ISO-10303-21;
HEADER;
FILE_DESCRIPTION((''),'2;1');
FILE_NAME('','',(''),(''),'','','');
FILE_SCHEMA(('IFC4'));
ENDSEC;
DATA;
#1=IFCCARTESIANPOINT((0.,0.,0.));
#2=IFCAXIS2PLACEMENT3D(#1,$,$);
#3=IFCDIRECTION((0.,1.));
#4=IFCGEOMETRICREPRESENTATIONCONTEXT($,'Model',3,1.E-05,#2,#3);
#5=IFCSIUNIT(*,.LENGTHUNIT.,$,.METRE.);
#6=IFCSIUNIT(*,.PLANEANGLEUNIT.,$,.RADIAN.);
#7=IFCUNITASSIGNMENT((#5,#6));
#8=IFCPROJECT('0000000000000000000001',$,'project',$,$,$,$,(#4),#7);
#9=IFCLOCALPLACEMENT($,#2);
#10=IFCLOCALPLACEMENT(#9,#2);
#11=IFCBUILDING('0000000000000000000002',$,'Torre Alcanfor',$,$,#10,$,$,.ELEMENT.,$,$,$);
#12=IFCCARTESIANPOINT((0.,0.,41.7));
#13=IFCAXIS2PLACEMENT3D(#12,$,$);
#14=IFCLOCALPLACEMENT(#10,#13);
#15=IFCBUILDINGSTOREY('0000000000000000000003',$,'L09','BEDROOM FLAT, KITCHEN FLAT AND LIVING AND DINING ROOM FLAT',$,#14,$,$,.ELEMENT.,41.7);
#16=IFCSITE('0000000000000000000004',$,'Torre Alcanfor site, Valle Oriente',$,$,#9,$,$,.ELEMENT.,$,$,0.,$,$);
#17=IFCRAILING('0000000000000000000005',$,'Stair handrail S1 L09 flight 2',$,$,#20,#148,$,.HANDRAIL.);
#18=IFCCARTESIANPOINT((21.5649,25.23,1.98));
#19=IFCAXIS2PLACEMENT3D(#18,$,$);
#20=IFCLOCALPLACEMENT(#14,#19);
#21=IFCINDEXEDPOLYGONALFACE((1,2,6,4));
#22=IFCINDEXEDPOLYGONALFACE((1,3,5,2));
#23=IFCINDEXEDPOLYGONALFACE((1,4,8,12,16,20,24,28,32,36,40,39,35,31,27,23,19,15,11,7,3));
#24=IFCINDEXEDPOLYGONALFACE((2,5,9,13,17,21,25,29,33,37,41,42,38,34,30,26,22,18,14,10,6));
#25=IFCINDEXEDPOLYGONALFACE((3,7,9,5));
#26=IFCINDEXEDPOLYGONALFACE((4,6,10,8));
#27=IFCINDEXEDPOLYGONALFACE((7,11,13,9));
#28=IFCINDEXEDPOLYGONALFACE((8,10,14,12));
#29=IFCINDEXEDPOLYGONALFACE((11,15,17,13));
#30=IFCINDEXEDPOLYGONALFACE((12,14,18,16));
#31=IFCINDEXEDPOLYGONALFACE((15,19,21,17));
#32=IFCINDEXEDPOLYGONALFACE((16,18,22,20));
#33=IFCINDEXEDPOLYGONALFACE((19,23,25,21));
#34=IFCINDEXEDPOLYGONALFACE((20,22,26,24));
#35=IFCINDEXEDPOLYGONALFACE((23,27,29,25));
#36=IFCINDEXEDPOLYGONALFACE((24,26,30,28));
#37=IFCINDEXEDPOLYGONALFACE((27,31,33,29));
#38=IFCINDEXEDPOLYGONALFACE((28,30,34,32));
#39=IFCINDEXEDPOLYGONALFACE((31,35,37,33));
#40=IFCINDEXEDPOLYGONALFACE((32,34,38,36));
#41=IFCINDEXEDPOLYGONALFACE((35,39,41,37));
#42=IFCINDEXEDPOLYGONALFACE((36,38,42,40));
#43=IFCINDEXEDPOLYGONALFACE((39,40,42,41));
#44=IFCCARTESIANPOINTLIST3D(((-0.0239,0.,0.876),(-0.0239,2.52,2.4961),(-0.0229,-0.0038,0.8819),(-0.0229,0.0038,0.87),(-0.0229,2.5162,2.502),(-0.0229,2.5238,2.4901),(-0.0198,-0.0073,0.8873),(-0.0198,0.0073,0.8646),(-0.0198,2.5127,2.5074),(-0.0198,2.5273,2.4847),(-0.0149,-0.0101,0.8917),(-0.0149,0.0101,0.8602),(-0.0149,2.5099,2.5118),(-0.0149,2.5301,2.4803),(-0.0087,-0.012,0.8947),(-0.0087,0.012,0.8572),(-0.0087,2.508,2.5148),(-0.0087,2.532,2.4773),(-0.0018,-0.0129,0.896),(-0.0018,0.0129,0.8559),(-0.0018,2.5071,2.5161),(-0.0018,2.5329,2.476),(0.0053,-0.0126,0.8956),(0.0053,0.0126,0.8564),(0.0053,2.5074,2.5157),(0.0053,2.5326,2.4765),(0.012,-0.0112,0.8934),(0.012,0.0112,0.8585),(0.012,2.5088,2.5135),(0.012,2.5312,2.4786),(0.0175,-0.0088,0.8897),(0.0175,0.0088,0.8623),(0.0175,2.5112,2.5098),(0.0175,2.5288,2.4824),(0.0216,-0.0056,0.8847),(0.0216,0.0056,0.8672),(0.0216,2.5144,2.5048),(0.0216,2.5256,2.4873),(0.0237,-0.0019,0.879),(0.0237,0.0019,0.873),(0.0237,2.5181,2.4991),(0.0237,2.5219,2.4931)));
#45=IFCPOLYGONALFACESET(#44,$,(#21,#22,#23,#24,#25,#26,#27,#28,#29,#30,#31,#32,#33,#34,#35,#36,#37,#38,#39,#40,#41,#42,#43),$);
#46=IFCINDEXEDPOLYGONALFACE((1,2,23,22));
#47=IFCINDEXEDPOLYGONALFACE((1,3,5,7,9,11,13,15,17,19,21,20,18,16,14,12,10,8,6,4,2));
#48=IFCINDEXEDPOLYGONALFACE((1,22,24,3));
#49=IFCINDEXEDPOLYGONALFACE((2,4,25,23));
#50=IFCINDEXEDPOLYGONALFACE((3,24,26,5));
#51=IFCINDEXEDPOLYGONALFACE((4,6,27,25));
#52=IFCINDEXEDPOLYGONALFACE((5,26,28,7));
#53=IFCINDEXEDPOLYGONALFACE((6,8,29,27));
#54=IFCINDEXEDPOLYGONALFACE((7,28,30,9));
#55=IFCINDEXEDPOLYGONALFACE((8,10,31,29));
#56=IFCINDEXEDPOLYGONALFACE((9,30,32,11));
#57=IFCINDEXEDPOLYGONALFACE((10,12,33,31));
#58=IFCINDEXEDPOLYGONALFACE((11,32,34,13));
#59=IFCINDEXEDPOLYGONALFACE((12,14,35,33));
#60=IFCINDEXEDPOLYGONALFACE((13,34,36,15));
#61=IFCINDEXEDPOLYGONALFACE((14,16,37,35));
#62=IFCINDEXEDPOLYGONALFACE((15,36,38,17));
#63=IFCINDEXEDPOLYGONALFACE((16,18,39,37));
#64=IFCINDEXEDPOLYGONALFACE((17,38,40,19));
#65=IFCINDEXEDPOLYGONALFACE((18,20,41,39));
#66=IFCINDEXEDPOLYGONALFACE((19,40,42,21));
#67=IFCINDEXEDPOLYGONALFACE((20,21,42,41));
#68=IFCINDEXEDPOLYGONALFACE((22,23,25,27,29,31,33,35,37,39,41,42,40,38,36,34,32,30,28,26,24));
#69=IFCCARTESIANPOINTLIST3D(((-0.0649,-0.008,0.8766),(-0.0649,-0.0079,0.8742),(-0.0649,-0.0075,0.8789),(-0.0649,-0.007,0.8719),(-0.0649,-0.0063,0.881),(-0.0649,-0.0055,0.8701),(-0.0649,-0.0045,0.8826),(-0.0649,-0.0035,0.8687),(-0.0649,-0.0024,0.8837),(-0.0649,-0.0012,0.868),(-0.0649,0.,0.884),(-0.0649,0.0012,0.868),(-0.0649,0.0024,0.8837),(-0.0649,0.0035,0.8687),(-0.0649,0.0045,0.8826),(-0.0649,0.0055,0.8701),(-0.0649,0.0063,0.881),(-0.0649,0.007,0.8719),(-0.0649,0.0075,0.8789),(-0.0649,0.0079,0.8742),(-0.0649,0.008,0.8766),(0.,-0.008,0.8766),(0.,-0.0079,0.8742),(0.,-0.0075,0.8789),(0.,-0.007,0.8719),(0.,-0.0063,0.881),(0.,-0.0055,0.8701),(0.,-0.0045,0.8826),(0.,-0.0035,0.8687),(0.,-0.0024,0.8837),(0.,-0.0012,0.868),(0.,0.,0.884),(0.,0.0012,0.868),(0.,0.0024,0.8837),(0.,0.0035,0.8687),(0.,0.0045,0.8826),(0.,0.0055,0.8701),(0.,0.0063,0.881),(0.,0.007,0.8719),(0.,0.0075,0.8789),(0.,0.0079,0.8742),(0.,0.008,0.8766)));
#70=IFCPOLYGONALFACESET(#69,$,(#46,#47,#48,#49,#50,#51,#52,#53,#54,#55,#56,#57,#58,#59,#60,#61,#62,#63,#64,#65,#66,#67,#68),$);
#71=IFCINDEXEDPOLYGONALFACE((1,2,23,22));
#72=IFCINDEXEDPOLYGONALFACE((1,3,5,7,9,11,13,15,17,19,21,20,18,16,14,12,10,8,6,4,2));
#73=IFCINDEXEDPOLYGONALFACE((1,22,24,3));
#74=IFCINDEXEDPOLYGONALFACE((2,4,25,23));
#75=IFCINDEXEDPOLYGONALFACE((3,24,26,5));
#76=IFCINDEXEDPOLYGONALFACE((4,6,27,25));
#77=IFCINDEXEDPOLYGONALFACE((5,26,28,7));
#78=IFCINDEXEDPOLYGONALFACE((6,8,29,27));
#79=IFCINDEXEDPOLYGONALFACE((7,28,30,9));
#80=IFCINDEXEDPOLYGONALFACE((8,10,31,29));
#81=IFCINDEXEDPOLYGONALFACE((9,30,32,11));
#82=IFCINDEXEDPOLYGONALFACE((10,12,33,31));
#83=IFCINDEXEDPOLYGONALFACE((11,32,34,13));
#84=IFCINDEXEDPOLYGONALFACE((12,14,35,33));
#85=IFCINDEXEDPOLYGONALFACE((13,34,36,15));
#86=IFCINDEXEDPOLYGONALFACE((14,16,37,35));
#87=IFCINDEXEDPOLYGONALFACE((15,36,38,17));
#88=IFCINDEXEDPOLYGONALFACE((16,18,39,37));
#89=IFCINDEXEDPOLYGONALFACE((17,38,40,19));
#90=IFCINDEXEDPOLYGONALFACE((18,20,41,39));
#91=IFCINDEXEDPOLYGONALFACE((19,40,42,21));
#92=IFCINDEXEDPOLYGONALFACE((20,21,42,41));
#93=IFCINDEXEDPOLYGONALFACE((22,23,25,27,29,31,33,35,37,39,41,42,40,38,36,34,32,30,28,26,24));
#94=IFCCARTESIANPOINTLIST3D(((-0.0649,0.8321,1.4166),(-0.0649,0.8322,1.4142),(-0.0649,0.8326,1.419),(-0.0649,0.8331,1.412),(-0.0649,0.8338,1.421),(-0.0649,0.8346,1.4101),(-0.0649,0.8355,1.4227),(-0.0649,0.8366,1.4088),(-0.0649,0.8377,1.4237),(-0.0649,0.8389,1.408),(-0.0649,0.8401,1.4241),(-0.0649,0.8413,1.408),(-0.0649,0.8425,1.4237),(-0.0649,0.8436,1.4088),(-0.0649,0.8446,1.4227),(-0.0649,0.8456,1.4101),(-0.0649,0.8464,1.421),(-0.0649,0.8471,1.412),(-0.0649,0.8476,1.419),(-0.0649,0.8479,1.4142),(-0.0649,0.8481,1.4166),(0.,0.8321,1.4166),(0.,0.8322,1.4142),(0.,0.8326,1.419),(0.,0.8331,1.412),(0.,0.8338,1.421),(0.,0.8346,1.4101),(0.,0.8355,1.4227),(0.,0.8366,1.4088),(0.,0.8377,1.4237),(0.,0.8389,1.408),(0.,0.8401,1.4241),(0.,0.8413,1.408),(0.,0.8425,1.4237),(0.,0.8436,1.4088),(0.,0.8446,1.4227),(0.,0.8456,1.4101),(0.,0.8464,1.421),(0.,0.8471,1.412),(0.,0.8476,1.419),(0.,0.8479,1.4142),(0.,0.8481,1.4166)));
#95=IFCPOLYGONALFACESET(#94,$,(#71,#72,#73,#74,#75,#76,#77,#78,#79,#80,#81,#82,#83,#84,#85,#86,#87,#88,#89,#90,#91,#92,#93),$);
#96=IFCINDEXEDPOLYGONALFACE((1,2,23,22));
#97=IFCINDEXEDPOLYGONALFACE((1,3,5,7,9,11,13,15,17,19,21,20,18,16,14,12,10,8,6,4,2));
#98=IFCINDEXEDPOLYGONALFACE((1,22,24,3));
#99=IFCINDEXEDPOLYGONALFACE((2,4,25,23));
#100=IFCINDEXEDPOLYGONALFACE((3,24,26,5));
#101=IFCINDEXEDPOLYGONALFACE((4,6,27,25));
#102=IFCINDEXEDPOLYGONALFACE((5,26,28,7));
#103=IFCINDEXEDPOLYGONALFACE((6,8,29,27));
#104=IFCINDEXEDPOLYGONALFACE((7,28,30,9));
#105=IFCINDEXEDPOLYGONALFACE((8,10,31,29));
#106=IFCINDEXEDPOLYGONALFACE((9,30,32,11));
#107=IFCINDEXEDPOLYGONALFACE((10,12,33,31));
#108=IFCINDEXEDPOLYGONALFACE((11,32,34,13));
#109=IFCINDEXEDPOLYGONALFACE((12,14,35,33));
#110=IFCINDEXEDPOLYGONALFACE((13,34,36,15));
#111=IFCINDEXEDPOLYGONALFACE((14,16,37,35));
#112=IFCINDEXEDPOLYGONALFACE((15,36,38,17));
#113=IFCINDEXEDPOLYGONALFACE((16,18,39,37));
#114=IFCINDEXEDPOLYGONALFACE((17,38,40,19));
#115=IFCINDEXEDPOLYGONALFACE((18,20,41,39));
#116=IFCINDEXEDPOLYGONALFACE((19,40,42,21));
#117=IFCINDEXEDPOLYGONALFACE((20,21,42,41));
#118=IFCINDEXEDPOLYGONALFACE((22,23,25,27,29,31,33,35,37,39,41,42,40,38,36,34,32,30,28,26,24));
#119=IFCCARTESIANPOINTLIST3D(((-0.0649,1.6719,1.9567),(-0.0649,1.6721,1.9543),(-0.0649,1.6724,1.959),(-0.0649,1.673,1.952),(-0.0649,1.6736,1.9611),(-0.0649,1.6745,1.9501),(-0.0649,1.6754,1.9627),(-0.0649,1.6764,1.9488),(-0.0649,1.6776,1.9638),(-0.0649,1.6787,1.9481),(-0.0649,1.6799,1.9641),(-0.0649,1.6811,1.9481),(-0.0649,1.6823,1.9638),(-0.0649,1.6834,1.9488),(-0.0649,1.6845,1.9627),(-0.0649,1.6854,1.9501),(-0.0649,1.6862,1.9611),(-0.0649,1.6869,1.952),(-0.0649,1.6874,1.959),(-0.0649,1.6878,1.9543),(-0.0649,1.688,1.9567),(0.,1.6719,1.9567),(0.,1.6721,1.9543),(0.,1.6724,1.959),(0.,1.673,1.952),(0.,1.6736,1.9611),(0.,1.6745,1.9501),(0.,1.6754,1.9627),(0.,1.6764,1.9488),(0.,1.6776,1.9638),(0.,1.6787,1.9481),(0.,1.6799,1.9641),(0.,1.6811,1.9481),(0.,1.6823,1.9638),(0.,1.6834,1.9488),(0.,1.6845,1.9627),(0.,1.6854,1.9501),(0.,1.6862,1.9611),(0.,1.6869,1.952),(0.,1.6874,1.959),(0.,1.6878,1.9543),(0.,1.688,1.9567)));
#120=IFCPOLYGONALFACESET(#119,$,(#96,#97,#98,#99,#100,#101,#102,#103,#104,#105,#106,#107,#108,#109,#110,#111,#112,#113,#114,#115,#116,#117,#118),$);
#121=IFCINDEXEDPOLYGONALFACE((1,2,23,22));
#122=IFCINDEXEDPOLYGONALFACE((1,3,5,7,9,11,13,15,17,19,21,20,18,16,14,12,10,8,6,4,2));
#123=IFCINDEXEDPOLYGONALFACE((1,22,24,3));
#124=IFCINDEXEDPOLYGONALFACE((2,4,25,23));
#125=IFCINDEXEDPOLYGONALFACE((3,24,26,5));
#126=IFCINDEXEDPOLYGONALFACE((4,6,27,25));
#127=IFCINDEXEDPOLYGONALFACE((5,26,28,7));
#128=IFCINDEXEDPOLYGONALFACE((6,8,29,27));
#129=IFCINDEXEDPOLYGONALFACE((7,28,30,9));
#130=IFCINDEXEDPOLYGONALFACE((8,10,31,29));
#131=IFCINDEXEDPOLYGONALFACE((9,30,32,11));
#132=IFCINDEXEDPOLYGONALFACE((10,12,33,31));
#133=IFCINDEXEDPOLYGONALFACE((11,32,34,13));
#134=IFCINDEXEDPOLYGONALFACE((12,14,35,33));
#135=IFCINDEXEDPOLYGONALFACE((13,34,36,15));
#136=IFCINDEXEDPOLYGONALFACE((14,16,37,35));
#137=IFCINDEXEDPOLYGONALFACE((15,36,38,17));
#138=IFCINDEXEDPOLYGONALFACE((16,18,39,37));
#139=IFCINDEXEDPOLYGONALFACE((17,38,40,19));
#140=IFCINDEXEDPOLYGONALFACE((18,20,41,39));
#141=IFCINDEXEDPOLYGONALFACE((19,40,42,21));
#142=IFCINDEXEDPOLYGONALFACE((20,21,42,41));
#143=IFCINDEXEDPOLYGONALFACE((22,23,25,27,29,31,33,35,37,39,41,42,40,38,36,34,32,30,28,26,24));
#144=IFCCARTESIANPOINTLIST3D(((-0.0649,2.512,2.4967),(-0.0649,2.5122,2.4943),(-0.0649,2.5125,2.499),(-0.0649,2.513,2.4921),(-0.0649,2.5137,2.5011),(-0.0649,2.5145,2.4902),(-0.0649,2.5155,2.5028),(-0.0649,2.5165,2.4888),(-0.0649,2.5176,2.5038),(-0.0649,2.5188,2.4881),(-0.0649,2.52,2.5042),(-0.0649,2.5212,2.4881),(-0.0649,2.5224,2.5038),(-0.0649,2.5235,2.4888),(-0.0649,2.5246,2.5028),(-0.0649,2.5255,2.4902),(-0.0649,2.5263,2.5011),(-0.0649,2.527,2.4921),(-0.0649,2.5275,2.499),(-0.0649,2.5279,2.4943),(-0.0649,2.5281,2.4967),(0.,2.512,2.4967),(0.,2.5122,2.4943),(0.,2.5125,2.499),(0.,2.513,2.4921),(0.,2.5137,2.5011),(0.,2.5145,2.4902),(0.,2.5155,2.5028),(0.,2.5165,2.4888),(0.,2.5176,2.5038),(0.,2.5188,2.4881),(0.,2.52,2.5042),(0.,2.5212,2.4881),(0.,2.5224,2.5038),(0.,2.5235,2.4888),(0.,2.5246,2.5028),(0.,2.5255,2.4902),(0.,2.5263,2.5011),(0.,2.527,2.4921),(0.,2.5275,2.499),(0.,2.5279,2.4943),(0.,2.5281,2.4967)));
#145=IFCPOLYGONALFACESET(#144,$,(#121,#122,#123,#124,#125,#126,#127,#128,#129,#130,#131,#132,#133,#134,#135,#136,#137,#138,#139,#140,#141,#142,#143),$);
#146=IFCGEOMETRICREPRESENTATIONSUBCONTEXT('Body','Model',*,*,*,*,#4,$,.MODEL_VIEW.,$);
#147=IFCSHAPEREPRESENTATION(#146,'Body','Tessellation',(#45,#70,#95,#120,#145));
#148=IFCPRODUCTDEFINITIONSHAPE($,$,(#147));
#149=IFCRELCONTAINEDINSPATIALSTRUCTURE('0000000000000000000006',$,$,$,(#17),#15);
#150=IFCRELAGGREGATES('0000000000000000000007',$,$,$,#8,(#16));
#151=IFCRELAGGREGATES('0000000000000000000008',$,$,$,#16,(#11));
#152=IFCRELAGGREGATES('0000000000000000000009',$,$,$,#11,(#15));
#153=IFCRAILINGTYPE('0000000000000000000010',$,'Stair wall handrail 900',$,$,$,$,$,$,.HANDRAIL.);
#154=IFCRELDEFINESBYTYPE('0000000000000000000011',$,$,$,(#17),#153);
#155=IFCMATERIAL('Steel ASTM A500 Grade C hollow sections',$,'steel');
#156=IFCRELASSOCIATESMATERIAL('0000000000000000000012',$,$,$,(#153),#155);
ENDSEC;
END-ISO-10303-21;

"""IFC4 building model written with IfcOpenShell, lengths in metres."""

from ifc_helpers import new_model, si_unit, direction, frame, origin, origin_2d, place, context, subcontext, project, spatial, circle, extrude, material, type_object, element, save


model = new_model("IFC4")

# Units and contexts
model_context = context("Model", 3, precision=1e-05, world=origin(), true_north=direction((0.0, 1.0)))
body_context = subcontext(model_context, "Body", "Model", "MODEL_VIEW")
ifc_project = project(units=[si_unit("LENGTHUNIT", "METRE"), si_unit("PLANEANGLEUNIT", "RADIAN")], contexts=[model_context])

# Site, building, storey
site_placement = place(None, origin())
site = spatial("IfcSite", under=ifc_project, at=site_placement, Name="Torre Alcanfor site, Valle Oriente", CompositionType="ELEMENT", RefElevation=0.0)
building_placement = place(site_placement, origin())
building = spatial("IfcBuilding", under=site, at=building_placement, Name="Torre Alcanfor", CompositionType="ELEMENT")
storey_placement = place(building_placement, frame((0.0, 0.0, 41.7)))
storey = spatial("IfcBuildingStorey", under=building, at=storey_placement, Name="L09", Description="BEDROOM FLAT, KITCHEN FLAT AND LIVING AND DINING ROOM FLAT", CompositionType="ELEMENT", Elevation=41.7)

# Railing
ifc_material_1 = material(Name="Steel ASTM A500 Grade C hollow sections", Category="steel")
railing_type_1 = type_object("IfcRailingType", Name="Stair wall handrail 900", PredefinedType="HANDRAIL", material=ifc_material_1)
railing_1_placement = place(storey_placement, frame((21.5649, 25.23, 1.98)))
element("IfcRailing", 1, at=railing_1_placement, inside=storey, type_object=railing_type_1, Name="Stair handrail S1 L09 flight 2", PredefinedType="HANDRAIL", context=body_context, shape_type="SweptSolid", body=[
    extrude(circle(Radius=0.0239, at=origin_2d()), frame((0.0, 0.0, 0.876), z_axis=(0.0, 0.841163, 0.540782), x_axis=(-1.0, 0.0, 0.0)), (0.0, 0.0, 1.0), 2.9958),
    extrude(circle(Radius=0.0081, at=origin_2d()), frame((0.0, 0.0, 0.876), z_axis=(-1.0, 0.0, 0.0), x_axis=(0.0, 0.0, 1.0)), (0.0, 0.0, 1.0), 0.0649),
    extrude(circle(Radius=0.0081, at=origin_2d()), frame((0.0, 0.8401, 1.416), z_axis=(-1.0, 0.0, 0.0), x_axis=(0.0, 0.0, 1.0)), (0.0, 0.0, 1.0), 0.0649),
    extrude(circle(Radius=0.0081, at=origin_2d()), frame((0.0, 1.6799, 1.9561), z_axis=(-1.0, 0.0, 0.0), x_axis=(0.0, 0.0, 1.0)), (0.0, 0.0, 1.0), 0.0649),
    extrude(circle(Radius=0.0081, at=origin_2d()), frame((0.0, 2.52, 2.4961), z_axis=(-1.0, 0.0, 0.0), x_axis=(0.0, 0.0, 1.0)), (0.0, 0.0, 1.0), 0.0649),
])

save(model, "model.ifc")
